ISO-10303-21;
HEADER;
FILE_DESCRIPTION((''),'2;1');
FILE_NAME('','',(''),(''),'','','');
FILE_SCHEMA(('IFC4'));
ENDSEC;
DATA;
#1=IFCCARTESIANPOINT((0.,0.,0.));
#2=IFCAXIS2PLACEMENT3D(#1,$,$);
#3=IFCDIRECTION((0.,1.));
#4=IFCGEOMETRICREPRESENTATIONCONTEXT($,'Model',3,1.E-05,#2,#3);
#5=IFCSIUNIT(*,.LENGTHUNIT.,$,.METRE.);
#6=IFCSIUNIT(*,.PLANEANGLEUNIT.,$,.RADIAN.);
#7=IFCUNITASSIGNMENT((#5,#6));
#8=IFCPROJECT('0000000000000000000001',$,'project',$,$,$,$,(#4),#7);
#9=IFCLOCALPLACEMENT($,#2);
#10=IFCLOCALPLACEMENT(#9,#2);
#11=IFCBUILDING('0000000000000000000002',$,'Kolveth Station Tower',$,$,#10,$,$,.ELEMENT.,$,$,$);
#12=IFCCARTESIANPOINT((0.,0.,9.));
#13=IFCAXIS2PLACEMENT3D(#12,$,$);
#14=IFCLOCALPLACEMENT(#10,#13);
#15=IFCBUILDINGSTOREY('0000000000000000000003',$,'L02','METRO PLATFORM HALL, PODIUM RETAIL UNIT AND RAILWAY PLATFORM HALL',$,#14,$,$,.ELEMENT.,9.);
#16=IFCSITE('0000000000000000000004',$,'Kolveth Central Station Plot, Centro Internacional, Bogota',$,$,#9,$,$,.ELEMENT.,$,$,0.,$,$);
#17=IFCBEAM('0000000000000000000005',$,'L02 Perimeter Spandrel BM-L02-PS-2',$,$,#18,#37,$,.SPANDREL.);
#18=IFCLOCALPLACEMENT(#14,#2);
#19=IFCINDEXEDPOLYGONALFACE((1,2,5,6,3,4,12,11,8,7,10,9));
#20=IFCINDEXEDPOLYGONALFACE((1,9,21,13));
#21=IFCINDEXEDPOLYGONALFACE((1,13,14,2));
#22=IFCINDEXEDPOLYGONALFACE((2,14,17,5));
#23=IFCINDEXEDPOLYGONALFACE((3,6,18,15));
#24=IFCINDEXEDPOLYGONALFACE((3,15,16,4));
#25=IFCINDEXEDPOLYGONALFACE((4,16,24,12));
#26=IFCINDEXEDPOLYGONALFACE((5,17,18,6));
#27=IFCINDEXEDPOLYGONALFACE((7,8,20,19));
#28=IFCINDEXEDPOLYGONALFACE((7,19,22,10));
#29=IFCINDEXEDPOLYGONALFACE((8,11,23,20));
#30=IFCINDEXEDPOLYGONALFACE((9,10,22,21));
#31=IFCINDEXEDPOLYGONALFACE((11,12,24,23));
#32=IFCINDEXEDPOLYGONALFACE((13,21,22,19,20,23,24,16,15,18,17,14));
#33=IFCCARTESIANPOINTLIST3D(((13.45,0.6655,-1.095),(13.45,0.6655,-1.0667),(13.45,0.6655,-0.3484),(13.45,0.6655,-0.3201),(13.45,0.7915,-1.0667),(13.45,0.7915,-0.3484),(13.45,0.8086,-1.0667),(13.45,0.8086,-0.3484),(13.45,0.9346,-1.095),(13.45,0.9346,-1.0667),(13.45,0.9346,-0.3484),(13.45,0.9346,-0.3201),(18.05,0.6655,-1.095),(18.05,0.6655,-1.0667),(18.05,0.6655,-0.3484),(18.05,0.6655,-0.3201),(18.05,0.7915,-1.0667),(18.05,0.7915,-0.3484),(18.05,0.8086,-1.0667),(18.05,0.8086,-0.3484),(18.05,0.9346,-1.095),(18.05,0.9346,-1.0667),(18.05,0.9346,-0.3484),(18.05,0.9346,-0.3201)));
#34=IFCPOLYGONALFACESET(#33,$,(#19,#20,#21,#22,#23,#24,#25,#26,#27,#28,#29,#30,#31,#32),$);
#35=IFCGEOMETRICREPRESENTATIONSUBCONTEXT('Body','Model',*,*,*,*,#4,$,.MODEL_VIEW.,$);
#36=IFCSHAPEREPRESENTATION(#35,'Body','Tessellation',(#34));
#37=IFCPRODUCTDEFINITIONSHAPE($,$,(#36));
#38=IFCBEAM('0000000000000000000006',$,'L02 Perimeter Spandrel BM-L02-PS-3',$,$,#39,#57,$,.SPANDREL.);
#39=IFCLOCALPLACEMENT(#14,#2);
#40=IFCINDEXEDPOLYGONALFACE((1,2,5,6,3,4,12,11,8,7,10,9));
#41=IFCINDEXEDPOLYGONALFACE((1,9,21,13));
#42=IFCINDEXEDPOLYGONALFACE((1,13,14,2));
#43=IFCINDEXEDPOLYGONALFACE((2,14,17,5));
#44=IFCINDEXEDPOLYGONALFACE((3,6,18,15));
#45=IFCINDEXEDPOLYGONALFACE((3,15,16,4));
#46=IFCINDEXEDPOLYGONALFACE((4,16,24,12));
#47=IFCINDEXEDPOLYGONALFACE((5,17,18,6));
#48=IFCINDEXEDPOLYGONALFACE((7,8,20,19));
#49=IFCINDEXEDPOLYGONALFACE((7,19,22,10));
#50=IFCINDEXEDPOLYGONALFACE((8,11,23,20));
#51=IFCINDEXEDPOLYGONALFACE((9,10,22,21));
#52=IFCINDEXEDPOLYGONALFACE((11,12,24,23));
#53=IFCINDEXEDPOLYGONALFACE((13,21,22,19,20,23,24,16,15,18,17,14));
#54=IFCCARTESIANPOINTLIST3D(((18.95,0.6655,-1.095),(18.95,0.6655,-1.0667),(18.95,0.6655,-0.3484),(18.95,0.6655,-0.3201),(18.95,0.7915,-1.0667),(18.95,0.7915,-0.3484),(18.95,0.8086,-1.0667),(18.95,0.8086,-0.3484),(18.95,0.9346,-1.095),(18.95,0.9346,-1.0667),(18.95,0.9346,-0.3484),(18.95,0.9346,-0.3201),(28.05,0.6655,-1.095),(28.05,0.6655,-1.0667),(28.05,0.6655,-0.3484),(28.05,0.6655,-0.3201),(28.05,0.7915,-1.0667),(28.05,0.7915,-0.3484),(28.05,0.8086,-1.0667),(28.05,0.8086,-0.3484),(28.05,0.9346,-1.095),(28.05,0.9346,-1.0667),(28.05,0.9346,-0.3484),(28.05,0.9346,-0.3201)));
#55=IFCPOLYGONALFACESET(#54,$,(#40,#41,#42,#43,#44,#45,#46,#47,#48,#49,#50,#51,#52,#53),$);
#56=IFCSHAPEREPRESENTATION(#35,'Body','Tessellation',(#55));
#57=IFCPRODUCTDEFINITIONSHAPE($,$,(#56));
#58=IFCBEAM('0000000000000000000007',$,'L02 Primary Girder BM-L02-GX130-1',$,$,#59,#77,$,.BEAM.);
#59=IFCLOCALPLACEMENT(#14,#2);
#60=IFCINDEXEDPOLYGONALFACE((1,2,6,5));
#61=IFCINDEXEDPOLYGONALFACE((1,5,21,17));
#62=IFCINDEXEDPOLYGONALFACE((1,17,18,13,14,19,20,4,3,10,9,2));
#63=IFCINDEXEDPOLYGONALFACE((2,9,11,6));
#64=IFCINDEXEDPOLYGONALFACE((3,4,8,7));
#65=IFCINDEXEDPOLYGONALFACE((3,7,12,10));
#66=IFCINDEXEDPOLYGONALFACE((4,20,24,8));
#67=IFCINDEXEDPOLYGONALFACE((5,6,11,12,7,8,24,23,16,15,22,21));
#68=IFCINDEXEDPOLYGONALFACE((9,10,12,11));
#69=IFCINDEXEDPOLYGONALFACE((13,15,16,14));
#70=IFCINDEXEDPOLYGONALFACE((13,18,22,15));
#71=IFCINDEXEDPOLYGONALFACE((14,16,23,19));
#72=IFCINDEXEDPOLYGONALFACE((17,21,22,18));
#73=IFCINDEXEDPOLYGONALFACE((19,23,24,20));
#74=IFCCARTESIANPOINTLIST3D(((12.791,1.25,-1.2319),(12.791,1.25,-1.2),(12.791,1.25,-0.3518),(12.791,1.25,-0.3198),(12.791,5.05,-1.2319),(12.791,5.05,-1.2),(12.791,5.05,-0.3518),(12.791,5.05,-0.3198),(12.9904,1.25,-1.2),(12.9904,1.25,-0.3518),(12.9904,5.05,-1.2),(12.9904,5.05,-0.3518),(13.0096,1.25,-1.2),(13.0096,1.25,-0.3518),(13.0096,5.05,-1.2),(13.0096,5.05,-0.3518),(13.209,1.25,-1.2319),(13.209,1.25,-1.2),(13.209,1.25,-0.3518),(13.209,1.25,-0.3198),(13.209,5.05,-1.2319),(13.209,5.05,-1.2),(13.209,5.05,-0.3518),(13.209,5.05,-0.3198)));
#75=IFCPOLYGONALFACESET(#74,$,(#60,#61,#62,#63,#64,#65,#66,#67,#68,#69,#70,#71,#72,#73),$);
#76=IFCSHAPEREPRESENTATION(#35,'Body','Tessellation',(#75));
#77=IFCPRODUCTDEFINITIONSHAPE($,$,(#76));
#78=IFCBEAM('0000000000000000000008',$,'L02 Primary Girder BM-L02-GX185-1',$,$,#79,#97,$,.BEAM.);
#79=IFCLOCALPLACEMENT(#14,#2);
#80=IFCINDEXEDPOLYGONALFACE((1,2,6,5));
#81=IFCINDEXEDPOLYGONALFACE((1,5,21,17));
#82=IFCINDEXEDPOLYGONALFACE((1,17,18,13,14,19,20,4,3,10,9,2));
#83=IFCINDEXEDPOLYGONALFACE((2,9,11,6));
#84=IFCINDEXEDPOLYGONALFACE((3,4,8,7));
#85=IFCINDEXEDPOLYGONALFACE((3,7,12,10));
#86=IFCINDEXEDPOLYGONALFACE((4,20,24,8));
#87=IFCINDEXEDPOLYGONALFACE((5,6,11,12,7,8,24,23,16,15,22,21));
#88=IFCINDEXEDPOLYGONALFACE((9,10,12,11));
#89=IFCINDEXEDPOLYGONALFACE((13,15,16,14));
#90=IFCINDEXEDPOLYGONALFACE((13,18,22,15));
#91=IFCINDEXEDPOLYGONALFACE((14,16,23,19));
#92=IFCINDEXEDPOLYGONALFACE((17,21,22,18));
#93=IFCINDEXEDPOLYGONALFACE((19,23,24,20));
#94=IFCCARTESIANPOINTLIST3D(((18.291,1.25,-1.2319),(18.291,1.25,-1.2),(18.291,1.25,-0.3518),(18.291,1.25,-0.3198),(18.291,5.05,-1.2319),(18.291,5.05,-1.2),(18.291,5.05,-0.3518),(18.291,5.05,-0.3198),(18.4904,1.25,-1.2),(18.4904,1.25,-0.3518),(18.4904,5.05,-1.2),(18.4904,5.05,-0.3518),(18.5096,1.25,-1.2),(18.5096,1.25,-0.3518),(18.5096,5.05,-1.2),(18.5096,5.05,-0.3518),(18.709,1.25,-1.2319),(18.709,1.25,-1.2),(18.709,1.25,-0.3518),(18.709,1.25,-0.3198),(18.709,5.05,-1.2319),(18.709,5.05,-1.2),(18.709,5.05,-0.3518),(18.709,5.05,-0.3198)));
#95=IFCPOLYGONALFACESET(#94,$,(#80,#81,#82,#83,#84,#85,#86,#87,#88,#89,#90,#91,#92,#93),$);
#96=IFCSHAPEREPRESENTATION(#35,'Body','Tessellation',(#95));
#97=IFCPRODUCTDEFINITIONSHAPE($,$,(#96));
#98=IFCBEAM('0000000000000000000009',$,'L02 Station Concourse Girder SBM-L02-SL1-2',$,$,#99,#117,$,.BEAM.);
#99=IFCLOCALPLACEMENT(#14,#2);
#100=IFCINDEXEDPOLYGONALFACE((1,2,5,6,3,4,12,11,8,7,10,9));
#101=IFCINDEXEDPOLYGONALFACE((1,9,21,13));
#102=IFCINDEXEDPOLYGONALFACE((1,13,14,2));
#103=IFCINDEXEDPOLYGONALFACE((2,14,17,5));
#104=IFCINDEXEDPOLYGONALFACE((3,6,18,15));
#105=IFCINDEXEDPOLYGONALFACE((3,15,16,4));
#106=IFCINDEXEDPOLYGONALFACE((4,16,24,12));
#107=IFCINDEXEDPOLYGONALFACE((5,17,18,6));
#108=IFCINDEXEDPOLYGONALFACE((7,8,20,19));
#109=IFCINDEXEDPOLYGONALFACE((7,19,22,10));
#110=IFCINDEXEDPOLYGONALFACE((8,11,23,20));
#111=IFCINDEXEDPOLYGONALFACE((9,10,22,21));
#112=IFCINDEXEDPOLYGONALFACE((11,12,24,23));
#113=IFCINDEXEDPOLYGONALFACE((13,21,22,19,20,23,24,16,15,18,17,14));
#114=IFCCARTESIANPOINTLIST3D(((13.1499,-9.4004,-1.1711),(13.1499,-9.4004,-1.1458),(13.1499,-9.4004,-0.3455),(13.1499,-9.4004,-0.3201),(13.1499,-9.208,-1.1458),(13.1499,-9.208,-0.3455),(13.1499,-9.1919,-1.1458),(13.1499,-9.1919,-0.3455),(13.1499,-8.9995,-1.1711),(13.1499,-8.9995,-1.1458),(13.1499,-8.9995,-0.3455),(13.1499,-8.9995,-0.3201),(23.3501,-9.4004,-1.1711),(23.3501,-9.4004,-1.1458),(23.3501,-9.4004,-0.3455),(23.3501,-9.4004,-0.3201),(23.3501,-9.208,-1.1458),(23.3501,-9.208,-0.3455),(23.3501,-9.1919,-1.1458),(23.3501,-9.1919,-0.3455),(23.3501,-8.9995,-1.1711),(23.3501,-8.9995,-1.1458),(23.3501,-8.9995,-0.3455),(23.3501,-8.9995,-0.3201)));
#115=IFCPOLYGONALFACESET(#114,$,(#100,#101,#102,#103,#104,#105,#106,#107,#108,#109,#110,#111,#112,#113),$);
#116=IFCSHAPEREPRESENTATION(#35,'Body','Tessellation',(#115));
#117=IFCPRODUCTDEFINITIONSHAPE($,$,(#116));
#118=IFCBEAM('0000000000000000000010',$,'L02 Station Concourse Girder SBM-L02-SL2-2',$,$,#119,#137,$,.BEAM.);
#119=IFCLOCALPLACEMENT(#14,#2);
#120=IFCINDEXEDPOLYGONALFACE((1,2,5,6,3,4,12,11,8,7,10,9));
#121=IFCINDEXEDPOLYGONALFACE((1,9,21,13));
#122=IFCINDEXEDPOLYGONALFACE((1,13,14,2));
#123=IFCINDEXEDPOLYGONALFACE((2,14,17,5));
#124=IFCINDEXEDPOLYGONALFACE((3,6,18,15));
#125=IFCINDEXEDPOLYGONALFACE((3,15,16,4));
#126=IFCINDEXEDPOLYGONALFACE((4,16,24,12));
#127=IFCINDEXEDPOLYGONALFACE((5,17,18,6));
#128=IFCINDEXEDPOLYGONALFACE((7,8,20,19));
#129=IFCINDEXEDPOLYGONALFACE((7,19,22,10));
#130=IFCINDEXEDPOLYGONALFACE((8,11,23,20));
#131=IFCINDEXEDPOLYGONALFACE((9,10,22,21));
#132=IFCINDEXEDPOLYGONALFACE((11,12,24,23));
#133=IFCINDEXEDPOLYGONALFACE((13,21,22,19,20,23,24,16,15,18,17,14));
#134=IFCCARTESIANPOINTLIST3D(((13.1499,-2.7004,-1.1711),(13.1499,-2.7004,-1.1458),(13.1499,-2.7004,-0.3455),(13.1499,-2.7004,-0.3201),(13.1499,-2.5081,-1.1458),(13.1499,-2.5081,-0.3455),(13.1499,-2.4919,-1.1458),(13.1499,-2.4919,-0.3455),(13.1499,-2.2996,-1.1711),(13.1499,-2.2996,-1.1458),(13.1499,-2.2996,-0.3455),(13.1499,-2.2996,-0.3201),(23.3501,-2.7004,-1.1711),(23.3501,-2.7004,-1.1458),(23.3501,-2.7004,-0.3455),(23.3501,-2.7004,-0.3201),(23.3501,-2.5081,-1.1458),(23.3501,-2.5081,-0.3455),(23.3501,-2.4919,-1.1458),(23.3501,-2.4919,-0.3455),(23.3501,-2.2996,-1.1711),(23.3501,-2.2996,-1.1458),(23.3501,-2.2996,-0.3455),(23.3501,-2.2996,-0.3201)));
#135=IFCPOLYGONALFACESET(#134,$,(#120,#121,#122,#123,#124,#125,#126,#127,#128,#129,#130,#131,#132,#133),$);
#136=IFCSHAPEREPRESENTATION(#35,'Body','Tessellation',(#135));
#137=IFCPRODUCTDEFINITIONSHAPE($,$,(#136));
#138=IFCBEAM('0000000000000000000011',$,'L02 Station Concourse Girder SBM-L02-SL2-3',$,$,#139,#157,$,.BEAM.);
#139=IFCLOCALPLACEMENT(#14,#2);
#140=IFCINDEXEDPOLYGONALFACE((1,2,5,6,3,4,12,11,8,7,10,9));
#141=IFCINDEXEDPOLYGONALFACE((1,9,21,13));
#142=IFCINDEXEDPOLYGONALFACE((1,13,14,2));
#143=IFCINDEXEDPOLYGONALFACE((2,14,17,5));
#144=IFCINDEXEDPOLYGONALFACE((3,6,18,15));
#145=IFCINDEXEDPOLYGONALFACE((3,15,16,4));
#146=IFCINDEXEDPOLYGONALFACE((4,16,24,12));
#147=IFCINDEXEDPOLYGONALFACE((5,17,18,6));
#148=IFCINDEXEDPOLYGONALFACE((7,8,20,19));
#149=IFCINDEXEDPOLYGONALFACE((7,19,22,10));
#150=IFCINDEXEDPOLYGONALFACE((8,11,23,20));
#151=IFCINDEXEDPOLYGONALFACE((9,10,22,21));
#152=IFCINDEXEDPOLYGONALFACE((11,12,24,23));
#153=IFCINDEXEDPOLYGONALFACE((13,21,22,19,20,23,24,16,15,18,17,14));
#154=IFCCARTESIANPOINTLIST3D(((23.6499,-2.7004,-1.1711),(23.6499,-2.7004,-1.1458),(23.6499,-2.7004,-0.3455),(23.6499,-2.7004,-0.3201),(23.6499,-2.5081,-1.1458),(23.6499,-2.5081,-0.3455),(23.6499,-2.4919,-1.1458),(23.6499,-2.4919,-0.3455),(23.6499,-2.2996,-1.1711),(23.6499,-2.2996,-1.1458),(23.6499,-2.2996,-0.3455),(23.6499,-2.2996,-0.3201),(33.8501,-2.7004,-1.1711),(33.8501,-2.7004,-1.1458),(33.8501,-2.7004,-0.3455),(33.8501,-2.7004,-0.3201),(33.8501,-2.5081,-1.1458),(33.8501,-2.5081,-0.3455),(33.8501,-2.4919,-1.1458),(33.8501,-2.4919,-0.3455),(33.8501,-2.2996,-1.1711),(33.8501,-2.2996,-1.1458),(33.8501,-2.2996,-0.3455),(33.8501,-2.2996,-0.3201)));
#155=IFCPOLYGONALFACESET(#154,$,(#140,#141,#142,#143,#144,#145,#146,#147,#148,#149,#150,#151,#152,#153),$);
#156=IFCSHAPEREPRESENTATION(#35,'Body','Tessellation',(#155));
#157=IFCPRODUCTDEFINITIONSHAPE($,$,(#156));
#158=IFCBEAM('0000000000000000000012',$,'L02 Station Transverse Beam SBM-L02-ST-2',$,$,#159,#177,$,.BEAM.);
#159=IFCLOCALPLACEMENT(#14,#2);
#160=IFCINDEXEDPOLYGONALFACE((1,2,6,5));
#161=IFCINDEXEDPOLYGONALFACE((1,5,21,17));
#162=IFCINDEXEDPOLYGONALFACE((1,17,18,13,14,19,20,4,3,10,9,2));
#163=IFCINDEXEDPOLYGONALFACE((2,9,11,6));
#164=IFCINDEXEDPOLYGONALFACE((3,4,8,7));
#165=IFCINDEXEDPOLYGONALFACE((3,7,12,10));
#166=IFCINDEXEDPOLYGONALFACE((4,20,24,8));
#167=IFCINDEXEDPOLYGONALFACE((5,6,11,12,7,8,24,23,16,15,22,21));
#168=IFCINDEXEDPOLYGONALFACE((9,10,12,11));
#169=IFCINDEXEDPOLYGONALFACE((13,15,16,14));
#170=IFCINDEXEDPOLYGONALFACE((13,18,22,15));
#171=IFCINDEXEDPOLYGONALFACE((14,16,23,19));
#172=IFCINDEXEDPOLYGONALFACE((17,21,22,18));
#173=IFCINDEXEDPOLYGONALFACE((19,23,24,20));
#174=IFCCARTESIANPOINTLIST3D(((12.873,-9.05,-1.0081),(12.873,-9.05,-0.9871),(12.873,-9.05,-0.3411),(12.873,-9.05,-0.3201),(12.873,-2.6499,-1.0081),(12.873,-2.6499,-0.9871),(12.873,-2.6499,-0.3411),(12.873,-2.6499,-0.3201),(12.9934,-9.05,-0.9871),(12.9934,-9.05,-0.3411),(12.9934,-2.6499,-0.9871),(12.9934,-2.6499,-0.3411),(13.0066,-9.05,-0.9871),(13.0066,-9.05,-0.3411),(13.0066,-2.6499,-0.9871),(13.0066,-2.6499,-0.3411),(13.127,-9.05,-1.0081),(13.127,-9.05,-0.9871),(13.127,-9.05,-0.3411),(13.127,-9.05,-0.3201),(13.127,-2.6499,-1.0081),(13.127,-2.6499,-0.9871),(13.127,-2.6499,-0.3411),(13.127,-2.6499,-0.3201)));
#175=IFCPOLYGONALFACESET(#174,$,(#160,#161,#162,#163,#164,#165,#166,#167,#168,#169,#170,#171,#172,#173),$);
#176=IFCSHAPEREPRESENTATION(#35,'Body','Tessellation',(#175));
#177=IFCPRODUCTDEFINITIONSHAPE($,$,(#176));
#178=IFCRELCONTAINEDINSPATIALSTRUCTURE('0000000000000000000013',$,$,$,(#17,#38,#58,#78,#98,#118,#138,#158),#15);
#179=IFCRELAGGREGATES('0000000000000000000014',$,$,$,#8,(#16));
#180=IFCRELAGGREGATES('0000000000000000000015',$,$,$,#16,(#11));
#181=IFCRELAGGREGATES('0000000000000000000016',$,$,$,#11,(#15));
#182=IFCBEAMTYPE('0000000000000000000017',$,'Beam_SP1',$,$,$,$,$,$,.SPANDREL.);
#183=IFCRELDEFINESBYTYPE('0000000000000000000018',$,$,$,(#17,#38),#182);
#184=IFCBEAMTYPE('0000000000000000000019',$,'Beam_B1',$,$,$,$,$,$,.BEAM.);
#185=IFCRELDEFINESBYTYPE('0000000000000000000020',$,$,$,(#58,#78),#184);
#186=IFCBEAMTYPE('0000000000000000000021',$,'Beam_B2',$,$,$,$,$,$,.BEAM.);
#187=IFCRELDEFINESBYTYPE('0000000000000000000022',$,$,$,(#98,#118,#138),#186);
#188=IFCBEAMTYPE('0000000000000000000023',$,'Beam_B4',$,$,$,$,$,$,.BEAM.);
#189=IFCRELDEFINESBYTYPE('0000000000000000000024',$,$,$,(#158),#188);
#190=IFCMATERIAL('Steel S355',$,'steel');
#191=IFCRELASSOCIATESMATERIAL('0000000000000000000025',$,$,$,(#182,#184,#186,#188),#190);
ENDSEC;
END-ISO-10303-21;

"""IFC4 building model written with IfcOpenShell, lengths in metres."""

from ifc_helpers import new_model, si_unit, direction, frame, origin, origin_2d, place, context, subcontext, project, spatial, i_section, extrude, source, transform, mapped, material, material_profile, profile_set, type_object, element, save


model = new_model("IFC4")

# Units and contexts
model_context = context("Model", 3, precision=1e-05, world=origin(), true_north=direction((0.0, 1.0)))
body_context = subcontext(model_context, "Body", "Model", "MODEL_VIEW")
ifc_project = project(units=[si_unit("LENGTHUNIT", "METRE"), si_unit("PLANEANGLEUNIT", "RADIAN")], contexts=[model_context])

# Site, building, storey
site_placement = place(None, origin())
site = spatial("IfcSite", under=ifc_project, at=site_placement, Name="Kolveth Central Station Plot, Centro Internacional, Bogota", CompositionType="ELEMENT", RefElevation=0.0)
building_placement = place(site_placement, origin())
building = spatial("IfcBuilding", under=site, at=building_placement, Name="Kolveth Station Tower", CompositionType="ELEMENT")
storey_placement = place(building_placement, frame((0.0, 0.0, 9.0)))
storey = spatial("IfcBuildingStorey", under=building, at=storey_placement, Name="L02", Description="METRO PLATFORM HALL, PODIUM RETAIL UNIT AND RAILWAY PLATFORM HALL", CompositionType="ELEMENT", Elevation=9.0)

# Shared definitions
ifc_material_1 = material(Name="Steel S355", Category="steel")

# Beams
ifc_material_profile_1 = material_profile(ifc_material_1, i_section(OverallWidth=0.269, OverallDepth=0.7749, WebThickness=0.0171, FlangeThickness=0.0283, at=origin_2d()), Name="W760x220")
ifc_profile_set_1 = profile_set([ifc_material_profile_1], Name="Steel S355")
beam_type_1 = type_object("IfcBeamType", Name="Beam_SP1", PredefinedType="SPANDREL", material=ifc_profile_set_1)
shared_shape_1 = source(origin(), body_context, "Body", "SweptSolid", [
    extrude(i_section(OverallWidth=0.269, OverallDepth=0.7749, WebThickness=0.0171, FlangeThickness=0.0283, at=origin_2d()), origin(), (0.0, 0.0, 1.0), 4.6001),
])
beam_1_placement = place(storey_placement, frame((13.45, 0.8, -0.7075), z_axis=(1.0, 0.0, 0.0), x_axis=(0.0, 1.0, 0.0)))
element("IfcBeam", 1, at=beam_1_placement, inside=storey, type_object=beam_type_1, Name="L02 Perimeter Spandrel BM-L02-PS-2", PredefinedType="SPANDREL", context=body_context, shape_type="MappedRepresentation", body=[
    mapped(shared_shape_1, transform((0.0, 0.0, 0.0), x_axis=(1.0, 0.0, 0.0), y_axis=(0.0, 1.0, 0.0), z_axis=(0.0, 0.0, 1.0), scale=1.0)),
])
shared_shape_2 = source(origin(), body_context, "Body", "SweptSolid", [
    extrude(i_section(OverallWidth=0.269, OverallDepth=0.7749, WebThickness=0.0171, FlangeThickness=0.0283, at=origin_2d()), origin(), (0.0, 0.0, 1.0), 9.1001),
])
beam_2_placement = place(storey_placement, frame((18.95, 0.8, -0.7075), z_axis=(1.0, 0.0, 0.0), x_axis=(0.0, 1.0, 0.0)))
element("IfcBeam", 2, at=beam_2_placement, inside=storey, type_object=beam_type_1, Name="L02 Perimeter Spandrel BM-L02-PS-3", PredefinedType="SPANDREL", context=body_context, shape_type="MappedRepresentation", body=[
    mapped(shared_shape_2, transform((0.0, 0.0, 0.0), x_axis=(1.0, 0.0, 0.0), y_axis=(0.0, 1.0, 0.0), z_axis=(0.0, 0.0, 1.0), scale=1.0)),
])
ifc_material_profile_2 = material_profile(ifc_material_1, i_section(OverallWidth=0.418, OverallDepth=0.9121, WebThickness=0.0193, FlangeThickness=0.032, at=origin_2d()), Name="W920x342")
ifc_profile_set_2 = profile_set([ifc_material_profile_2], Name="Steel S355")
beam_type_2 = type_object("IfcBeamType", Name="Beam_B1", PredefinedType="BEAM", material=ifc_profile_set_2)
shared_shape_3 = source(origin(), body_context, "Body", "SweptSolid", [
    extrude(i_section(OverallWidth=0.418, OverallDepth=0.9121, WebThickness=0.0193, FlangeThickness=0.032, at=origin_2d()), origin(), (0.0, 0.0, 1.0), 3.8),
])
for number, where, z_axis, x_axis, name in (
    (3, (13.0, 1.25, -0.7759), (0.0, 1.0, 0.0), (-1.0, 0.0, 0.0), "L02 Primary Girder BM-L02-GX130-1"),
    (4, (18.5, 1.25, -0.7759), (0.0, 1.0, 0.0), (-1.0, 0.0, 0.0), "L02 Primary Girder BM-L02-GX185-1"),
):
    element("IfcBeam", number, at=place(storey_placement, frame(where, z_axis=z_axis, x_axis=x_axis)), inside=storey, type_object=beam_type_2, Name=name, PredefinedType="BEAM", context=body_context, shape_type="MappedRepresentation", body=[
        mapped(shared_shape_3, transform((0.0, 0.0, 0.0), x_axis=(1.0, 0.0, 0.0), y_axis=(0.0, 1.0, 0.0), z_axis=(0.0, 0.0, 1.0), scale=1.0)),
    ])
ifc_material_profile_3 = material_profile(ifc_material_1, i_section(OverallWidth=0.4009, OverallDepth=0.8511, WebThickness=0.0161, FlangeThickness=0.0254, at=origin_2d()), Name="W840x226")
ifc_profile_set_3 = profile_set([ifc_material_profile_3], Name="Steel S355")
beam_type_3 = type_object("IfcBeamType", Name="Beam_B2", PredefinedType="BEAM", material=ifc_profile_set_3)
shared_shape_4 = source(origin(), body_context, "Body", "SweptSolid", [
    extrude(i_section(OverallWidth=0.4009, OverallDepth=0.8511, WebThickness=0.0161, FlangeThickness=0.0254, at=origin_2d()), origin(), (0.0, 0.0, 1.0), 10.2002),
])
for number, where, z_axis, x_axis, name in (
    (5, (13.1499, -9.2, -0.7456), (1.0, 0.0, 0.0), (0.0, 1.0, 0.0), "L02 Station Concourse Girder SBM-L02-SL1-2"),
    (6, (13.1499, -2.5, -0.7456), (1.0, 0.0, 0.0), (0.0, 1.0, 0.0), "L02 Station Concourse Girder SBM-L02-SL2-2"),
    (7, (23.6499, -2.5, -0.7456), (1.0, 0.0, 0.0), (0.0, 1.0, 0.0), "L02 Station Concourse Girder SBM-L02-SL2-3"),
):
    element("IfcBeam", number, at=place(storey_placement, frame(where, z_axis=z_axis, x_axis=x_axis)), inside=storey, type_object=beam_type_3, Name=name, PredefinedType="BEAM", context=body_context, shape_type="MappedRepresentation", body=[
        mapped(shared_shape_4, transform((0.0, 0.0, 0.0), x_axis=(1.0, 0.0, 0.0), y_axis=(0.0, 1.0, 0.0), z_axis=(0.0, 0.0, 1.0), scale=1.0)),
    ])
ifc_material_profile_4 = material_profile(ifc_material_1, i_section(OverallWidth=0.2539, OverallDepth=0.688, WebThickness=0.0132, FlangeThickness=0.021, at=origin_2d()), Name="W690x152")
ifc_profile_set_4 = profile_set([ifc_material_profile_4], Name="Steel S355")
beam_type_4 = type_object("IfcBeamType", Name="Beam_B4", PredefinedType="BEAM", material=ifc_profile_set_4)
shared_shape_5 = source(origin(), body_context, "Body", "SweptSolid", [
    extrude(i_section(OverallWidth=0.2539, OverallDepth=0.688, WebThickness=0.0132, FlangeThickness=0.021, at=origin_2d()), origin(), (0.0, 0.0, 1.0), 6.4001),
])
for number, where, z_axis, x_axis, name in (
    (8, (13.0, -9.05, -0.6641), (0.0, 1.0, 0.0), (-1.0, 0.0, 0.0), "L02 Station Transverse Beam SBM-L02-ST-2"),
):
    element("IfcBeam", number, at=place(storey_placement, frame(where, z_axis=z_axis, x_axis=x_axis)), inside=storey, type_object=beam_type_4, Name=name, PredefinedType="BEAM", context=body_context, shape_type="MappedRepresentation", body=[
        mapped(shared_shape_5, transform((0.0, 0.0, 0.0), x_axis=(1.0, 0.0, 0.0), y_axis=(0.0, 1.0, 0.0), z_axis=(0.0, 0.0, 1.0), scale=1.0)),
    ])

save(model, "model.ifc")
